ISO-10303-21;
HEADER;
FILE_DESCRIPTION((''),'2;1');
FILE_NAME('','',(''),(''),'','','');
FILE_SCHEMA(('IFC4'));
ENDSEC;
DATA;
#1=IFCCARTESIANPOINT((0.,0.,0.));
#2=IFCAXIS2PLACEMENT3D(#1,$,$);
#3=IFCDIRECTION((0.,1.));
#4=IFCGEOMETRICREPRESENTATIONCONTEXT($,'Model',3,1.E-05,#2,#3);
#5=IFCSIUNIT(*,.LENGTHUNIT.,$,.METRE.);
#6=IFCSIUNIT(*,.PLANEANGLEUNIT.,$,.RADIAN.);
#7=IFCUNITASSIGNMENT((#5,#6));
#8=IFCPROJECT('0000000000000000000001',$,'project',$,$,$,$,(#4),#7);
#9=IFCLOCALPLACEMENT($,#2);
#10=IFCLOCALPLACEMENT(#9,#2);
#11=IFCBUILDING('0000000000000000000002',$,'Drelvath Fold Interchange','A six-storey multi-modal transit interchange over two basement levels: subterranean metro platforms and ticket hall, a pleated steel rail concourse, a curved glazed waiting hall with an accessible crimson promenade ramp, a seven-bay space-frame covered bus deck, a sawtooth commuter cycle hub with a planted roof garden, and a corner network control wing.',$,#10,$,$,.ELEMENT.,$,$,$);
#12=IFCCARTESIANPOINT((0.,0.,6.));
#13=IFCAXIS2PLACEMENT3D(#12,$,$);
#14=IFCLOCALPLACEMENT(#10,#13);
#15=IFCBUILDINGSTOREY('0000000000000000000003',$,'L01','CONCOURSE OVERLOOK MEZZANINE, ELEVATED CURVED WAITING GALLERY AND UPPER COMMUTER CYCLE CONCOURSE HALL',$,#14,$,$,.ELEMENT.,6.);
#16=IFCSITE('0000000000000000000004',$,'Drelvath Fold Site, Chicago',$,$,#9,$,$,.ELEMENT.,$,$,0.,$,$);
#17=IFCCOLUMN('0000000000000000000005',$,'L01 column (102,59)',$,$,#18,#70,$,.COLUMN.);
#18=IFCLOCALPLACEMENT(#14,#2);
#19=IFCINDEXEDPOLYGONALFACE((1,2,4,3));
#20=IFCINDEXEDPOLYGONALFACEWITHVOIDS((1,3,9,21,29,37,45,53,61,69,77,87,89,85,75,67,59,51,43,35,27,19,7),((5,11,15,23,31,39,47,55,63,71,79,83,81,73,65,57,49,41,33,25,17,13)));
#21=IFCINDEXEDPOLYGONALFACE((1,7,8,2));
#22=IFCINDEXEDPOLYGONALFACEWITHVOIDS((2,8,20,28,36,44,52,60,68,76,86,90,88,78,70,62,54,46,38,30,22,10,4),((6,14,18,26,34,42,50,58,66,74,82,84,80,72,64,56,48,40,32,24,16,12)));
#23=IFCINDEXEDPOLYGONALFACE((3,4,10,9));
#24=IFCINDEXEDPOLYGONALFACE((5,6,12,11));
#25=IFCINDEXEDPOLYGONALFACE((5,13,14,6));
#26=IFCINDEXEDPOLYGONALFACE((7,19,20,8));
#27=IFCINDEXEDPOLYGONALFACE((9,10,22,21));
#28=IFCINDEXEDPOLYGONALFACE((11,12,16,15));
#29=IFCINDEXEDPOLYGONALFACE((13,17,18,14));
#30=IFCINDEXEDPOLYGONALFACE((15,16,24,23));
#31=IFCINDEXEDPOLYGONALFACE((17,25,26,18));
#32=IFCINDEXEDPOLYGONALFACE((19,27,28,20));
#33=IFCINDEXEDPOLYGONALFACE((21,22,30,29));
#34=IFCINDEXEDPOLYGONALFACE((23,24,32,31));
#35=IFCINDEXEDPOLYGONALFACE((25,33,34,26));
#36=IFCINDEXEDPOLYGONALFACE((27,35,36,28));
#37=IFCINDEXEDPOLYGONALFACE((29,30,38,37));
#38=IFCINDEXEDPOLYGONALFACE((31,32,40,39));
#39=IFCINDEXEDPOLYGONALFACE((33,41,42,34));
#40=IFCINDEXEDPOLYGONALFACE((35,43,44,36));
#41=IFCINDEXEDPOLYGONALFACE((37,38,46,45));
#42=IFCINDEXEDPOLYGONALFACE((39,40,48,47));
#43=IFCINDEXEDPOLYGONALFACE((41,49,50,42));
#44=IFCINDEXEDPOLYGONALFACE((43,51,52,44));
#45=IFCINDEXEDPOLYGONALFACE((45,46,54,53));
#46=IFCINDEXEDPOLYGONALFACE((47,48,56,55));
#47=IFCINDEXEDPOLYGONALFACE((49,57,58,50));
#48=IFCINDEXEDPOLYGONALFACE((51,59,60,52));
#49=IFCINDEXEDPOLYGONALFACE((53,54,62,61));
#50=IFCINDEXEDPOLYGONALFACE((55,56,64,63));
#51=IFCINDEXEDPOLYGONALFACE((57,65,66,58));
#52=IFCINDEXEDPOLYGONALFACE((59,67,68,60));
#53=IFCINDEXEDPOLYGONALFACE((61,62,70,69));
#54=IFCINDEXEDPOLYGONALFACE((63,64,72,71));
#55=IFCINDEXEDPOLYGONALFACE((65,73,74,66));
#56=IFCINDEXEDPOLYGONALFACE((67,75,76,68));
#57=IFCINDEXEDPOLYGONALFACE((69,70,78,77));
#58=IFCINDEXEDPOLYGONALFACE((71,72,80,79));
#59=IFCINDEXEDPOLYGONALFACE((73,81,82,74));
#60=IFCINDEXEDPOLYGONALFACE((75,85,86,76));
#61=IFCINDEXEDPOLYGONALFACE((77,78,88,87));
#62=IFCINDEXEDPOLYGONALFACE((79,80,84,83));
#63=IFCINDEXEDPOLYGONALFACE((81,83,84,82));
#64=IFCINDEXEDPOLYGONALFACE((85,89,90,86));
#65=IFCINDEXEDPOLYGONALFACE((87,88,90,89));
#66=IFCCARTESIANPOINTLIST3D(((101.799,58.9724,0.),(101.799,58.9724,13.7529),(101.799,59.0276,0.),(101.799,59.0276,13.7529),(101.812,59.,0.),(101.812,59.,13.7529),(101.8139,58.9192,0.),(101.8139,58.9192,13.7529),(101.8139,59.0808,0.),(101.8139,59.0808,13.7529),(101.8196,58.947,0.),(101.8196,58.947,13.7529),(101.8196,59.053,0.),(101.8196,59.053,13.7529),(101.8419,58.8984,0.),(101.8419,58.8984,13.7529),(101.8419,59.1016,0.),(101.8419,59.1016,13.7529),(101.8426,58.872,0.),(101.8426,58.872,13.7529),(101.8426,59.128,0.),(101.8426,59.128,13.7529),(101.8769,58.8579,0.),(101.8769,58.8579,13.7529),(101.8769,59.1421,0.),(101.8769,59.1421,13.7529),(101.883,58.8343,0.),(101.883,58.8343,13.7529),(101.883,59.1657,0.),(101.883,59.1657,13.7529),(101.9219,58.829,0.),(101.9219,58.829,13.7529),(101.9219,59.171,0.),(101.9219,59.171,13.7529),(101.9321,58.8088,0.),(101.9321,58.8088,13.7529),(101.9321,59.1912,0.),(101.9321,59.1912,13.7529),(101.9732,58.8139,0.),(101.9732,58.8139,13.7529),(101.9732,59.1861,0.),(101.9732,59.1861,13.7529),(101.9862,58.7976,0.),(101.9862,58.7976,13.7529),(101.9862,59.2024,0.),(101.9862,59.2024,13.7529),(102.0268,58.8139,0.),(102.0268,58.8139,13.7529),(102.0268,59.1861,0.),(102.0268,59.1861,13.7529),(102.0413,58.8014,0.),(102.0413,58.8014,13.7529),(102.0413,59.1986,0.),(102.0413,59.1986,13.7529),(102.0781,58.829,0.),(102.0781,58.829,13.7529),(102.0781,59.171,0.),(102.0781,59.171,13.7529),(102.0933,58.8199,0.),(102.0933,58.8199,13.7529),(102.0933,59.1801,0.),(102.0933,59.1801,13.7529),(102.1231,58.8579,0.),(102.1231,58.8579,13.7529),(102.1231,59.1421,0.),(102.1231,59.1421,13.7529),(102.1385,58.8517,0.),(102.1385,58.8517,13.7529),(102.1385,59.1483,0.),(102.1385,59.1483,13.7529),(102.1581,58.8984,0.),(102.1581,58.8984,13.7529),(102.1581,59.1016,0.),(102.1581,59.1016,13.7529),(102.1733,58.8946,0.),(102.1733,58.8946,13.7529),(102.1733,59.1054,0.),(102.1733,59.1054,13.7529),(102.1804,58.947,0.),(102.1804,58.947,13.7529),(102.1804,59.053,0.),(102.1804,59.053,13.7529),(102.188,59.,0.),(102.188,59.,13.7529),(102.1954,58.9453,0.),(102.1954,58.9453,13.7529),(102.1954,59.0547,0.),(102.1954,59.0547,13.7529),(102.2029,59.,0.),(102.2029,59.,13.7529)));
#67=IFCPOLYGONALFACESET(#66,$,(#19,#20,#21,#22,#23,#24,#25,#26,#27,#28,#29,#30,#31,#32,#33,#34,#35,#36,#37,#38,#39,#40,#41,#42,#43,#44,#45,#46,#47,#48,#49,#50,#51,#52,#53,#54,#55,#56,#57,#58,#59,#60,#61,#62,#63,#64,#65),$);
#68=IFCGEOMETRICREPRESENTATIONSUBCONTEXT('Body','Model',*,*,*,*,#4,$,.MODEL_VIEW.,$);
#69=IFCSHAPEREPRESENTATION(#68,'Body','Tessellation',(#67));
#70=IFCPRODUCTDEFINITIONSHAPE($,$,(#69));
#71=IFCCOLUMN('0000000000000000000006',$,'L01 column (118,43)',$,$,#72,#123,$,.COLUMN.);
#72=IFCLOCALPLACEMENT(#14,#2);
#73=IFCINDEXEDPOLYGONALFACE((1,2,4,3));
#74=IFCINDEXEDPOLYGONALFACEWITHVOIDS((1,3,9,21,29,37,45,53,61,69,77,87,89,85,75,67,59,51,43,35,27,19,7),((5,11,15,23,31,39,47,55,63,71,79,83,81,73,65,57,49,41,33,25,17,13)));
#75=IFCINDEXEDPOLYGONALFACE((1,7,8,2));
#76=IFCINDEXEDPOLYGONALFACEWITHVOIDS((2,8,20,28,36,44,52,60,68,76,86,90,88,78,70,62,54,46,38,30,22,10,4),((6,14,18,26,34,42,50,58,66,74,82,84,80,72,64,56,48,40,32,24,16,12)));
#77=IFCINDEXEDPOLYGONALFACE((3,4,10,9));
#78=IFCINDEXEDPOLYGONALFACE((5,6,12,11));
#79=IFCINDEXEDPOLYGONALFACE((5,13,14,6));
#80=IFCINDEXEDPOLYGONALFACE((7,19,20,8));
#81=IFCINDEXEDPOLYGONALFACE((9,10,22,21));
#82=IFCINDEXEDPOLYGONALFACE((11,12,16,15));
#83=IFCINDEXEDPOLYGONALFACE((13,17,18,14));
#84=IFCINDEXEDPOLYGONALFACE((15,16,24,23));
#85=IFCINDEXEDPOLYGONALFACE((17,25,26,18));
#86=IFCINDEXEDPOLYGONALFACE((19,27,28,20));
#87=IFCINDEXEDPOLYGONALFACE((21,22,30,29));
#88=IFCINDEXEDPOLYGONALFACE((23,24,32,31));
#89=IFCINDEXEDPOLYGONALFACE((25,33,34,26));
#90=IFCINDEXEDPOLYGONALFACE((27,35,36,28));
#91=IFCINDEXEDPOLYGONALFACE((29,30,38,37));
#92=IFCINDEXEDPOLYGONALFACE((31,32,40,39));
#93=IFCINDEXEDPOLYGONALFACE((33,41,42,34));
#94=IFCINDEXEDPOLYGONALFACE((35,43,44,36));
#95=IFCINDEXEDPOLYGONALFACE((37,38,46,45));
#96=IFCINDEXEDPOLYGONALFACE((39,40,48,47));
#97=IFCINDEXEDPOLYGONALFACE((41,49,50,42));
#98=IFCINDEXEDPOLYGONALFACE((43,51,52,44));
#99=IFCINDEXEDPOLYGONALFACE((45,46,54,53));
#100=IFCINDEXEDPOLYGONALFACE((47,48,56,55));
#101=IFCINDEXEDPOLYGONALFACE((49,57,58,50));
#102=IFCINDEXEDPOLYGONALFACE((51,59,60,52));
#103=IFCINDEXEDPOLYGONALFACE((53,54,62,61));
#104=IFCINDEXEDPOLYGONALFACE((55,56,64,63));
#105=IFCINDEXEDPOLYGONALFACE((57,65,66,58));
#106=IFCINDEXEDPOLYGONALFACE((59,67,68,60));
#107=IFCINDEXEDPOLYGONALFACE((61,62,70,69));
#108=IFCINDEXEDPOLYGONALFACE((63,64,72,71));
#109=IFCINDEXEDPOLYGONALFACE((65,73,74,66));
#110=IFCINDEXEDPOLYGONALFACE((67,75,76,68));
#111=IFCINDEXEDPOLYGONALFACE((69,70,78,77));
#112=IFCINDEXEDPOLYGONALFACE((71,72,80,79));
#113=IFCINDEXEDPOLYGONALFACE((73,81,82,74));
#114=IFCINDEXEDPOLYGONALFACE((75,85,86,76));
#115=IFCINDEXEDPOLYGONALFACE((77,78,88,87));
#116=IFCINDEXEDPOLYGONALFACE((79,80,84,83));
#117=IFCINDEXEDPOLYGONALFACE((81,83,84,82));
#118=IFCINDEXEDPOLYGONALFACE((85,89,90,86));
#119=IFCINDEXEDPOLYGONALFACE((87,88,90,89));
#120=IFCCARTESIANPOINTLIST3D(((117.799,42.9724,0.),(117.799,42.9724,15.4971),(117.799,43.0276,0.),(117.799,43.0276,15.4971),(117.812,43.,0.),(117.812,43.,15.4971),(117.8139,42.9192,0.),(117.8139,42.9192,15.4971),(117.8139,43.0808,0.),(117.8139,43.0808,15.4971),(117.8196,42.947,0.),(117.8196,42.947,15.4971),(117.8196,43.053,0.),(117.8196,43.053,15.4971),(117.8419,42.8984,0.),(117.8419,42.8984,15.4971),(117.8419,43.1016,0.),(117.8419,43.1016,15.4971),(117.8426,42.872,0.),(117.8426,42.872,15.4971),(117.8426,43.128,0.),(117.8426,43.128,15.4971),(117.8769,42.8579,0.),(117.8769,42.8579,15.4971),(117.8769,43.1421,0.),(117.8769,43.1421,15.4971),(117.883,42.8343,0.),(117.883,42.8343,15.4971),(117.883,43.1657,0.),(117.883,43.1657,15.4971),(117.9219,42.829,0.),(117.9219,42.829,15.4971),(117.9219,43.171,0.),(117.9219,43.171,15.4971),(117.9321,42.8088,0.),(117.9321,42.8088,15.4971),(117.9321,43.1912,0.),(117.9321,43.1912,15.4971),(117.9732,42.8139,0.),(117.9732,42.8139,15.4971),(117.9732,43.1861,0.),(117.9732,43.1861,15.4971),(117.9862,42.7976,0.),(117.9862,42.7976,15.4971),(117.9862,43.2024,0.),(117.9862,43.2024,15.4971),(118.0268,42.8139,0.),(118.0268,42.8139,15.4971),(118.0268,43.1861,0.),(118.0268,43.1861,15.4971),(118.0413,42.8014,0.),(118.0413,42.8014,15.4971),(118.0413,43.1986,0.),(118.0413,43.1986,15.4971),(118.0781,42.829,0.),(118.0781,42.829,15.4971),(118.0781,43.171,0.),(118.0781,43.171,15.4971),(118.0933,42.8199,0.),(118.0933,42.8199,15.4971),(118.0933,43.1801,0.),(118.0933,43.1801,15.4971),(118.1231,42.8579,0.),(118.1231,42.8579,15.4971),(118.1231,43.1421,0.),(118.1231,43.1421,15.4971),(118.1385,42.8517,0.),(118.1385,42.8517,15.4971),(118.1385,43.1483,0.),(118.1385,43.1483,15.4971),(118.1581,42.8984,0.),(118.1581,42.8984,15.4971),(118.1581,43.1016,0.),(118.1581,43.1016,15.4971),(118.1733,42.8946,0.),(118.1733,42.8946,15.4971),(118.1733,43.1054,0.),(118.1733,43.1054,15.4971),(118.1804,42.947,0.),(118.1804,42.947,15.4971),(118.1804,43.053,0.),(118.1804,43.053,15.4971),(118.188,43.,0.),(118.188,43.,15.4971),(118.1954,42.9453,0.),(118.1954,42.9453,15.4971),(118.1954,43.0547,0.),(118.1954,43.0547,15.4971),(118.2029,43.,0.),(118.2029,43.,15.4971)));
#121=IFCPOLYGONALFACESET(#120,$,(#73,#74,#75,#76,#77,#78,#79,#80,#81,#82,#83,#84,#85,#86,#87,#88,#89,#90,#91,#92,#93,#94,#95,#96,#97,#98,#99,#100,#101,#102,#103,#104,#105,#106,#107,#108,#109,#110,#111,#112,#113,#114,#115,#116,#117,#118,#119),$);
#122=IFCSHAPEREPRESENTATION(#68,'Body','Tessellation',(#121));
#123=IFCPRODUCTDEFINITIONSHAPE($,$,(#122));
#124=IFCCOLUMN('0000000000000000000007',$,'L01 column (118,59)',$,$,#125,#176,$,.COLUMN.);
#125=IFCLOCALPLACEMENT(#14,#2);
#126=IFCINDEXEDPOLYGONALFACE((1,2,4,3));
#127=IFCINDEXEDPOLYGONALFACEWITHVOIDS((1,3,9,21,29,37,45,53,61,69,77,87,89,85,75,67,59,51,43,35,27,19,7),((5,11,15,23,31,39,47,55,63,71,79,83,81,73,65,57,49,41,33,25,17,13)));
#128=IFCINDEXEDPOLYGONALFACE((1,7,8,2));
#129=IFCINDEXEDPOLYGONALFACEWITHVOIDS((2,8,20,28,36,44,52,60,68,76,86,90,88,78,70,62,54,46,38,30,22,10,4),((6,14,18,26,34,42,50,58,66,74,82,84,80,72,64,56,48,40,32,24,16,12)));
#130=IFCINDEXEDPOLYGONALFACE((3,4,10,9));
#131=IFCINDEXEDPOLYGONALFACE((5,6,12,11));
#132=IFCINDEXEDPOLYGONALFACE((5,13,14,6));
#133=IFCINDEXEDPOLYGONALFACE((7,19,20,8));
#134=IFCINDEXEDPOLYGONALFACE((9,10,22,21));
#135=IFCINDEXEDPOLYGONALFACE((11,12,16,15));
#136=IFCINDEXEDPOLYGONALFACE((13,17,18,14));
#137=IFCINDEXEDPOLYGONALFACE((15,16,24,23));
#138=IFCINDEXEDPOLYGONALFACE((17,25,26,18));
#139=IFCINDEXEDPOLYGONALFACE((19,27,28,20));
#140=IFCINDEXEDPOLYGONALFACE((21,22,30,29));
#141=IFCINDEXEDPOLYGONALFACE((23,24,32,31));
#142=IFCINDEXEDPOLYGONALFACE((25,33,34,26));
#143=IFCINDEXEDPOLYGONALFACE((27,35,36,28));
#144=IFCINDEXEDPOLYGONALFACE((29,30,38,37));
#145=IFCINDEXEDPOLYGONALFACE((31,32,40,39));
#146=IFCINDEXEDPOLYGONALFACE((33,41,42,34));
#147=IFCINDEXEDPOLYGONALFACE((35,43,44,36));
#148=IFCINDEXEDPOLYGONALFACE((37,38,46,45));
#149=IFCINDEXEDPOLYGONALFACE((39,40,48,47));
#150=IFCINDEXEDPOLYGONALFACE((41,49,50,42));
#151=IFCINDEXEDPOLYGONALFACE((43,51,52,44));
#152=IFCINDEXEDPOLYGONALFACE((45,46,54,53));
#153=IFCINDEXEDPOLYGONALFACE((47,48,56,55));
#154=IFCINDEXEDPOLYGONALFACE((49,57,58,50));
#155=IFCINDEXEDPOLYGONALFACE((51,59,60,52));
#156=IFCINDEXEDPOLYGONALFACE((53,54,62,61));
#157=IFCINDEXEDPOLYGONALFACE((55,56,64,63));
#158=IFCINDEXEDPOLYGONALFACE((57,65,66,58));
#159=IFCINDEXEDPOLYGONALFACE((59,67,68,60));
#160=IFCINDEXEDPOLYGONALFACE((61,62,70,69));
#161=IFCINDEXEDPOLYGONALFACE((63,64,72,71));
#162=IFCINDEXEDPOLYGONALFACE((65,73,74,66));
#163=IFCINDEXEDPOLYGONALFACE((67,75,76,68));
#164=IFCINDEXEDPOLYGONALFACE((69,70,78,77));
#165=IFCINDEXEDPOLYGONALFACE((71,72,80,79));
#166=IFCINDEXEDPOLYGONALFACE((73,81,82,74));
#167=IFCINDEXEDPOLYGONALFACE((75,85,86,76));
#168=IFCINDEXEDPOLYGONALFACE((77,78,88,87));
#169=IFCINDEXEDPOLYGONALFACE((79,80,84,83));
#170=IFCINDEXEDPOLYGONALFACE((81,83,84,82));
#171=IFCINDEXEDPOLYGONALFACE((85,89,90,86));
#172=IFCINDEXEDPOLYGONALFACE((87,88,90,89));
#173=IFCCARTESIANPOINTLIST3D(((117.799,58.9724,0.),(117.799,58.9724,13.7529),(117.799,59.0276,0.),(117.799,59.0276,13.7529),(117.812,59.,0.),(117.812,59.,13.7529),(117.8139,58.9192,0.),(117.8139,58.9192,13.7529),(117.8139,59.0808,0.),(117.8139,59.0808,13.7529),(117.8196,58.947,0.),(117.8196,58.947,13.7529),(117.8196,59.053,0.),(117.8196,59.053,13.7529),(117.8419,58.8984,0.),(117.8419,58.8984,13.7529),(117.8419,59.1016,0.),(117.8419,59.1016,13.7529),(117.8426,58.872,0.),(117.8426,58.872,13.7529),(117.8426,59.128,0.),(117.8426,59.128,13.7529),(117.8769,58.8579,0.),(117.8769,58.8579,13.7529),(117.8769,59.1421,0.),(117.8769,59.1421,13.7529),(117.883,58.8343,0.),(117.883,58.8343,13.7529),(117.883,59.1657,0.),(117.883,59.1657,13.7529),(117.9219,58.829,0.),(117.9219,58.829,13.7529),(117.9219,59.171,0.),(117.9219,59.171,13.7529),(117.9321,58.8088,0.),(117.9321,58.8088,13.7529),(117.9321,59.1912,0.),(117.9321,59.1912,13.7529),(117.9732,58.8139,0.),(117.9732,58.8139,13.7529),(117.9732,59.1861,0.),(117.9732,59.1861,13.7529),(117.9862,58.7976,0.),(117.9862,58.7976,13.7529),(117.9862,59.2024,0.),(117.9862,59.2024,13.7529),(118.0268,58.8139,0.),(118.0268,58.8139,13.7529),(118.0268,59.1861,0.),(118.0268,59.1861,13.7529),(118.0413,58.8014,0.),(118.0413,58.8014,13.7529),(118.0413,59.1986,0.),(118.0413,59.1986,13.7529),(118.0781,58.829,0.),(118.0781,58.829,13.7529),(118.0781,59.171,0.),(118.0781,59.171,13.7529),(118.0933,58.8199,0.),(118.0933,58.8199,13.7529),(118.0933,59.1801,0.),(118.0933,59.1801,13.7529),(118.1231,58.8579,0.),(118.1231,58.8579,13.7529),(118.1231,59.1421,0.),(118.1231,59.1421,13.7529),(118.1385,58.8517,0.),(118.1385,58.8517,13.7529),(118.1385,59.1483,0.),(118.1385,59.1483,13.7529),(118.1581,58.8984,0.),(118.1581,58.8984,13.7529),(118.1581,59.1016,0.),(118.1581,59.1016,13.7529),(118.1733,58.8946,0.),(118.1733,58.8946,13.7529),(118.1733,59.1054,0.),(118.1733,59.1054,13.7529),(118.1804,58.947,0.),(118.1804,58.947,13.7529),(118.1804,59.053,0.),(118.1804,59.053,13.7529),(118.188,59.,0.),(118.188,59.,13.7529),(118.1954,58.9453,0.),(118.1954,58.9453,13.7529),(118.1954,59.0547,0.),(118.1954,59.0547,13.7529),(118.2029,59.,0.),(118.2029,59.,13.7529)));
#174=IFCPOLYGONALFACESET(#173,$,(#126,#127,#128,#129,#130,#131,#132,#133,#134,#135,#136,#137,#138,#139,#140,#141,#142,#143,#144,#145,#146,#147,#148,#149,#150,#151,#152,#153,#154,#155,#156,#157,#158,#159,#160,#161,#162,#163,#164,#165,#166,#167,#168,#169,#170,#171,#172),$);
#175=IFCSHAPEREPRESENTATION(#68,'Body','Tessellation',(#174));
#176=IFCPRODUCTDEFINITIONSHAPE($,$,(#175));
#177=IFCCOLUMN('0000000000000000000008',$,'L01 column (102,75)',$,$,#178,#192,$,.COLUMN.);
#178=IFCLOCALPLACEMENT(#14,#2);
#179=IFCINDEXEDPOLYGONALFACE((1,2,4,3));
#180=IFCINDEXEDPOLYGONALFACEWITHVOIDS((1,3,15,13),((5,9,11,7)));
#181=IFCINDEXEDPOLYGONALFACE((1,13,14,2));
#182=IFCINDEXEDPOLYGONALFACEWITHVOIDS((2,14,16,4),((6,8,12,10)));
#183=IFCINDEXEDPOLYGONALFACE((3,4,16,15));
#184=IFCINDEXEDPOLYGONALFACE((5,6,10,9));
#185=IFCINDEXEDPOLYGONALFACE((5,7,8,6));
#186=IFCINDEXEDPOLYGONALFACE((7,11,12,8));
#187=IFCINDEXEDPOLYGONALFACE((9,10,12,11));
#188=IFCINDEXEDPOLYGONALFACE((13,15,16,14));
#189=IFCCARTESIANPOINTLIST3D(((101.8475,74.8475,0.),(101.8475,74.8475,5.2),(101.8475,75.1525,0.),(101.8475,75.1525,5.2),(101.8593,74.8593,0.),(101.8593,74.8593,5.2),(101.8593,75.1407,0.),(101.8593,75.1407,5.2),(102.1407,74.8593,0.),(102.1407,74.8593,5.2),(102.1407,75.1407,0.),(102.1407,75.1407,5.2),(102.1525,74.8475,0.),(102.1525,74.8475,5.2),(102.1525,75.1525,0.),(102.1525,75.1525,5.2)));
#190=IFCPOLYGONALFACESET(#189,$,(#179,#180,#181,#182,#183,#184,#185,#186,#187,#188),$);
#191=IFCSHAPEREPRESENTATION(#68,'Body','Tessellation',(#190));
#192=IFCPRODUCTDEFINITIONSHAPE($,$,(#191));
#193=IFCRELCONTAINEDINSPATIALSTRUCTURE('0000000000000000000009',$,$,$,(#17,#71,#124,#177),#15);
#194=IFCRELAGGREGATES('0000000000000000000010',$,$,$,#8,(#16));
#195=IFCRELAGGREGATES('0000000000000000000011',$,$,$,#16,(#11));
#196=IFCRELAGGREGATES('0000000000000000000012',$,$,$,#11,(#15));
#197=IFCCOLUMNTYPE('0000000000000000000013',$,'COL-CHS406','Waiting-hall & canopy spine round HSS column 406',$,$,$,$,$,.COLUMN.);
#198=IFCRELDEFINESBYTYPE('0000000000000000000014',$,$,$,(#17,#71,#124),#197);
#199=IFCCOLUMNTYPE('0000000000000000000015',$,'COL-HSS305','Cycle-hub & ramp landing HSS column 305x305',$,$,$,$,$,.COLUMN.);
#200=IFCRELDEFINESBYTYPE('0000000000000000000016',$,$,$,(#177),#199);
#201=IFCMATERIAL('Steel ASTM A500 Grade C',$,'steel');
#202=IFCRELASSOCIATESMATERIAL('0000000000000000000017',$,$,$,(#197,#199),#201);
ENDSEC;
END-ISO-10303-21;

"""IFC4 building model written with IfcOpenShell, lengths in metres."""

from ifc_helpers import new_model, si_unit, direction, frame, origin, origin_2d, place, context, subcontext, project, spatial, hollow_rectangle, hollow_circle, extrude, material, material_profile, profile_set, type_object, element, save


model = new_model("IFC4")

# Units and contexts
model_context = context("Model", 3, precision=1e-05, world=origin(), true_north=direction((0.0, 1.0)))
body_context = subcontext(model_context, "Body", "Model", "MODEL_VIEW")
ifc_project = project(units=[si_unit("LENGTHUNIT", "METRE"), si_unit("PLANEANGLEUNIT", "RADIAN")], contexts=[model_context])

# Site, building, storey
site_placement = place(None, origin())
site = spatial("IfcSite", under=ifc_project, at=site_placement, Name="Drelvath Fold Site, Chicago", CompositionType="ELEMENT", RefElevation=0.0)
building_placement = place(site_placement, origin())
building = spatial("IfcBuilding", under=site, at=building_placement, Name="Drelvath Fold Interchange", Description="A six-storey multi-modal transit interchange over two basement levels: subterranean metro platforms and ticket hall, a pleated steel rail concourse, a curved glazed waiting hall with an accessible crimson promenade ramp, a seven-bay space-frame covered bus deck, a sawtooth commuter cycle hub with a planted roof garden, and a corner network control wing.", CompositionType="ELEMENT")
storey_placement = place(building_placement, frame((0.0, 0.0, 6.0)))
storey = spatial("IfcBuildingStorey", under=building, at=storey_placement, Name="L01", Description="CONCOURSE OVERLOOK MEZZANINE, ELEVATED CURVED WAITING GALLERY AND UPPER COMMUTER CYCLE CONCOURSE HALL", CompositionType="ELEMENT", Elevation=6.0)

# Columns
ifc_material_1 = material(Name="Steel ASTM A500 Grade C", Category="steel")
ifc_material_profile_1 = material_profile(ifc_material_1, hollow_circle(Radius=0.2029, WallThickness=0.0149, at=origin_2d()), Name="HSS16.000X0.625")
ifc_profile_set_1 = profile_set([ifc_material_profile_1], Name="Steel ASTM A500 Grade C")
column_type_1 = type_object("IfcColumnType", Name="COL-CHS406", Description="Waiting-hall & canopy spine round HSS column 406", PredefinedType="COLUMN", material=ifc_profile_set_1)
column_1_placement = place(storey_placement, frame((102.0, 59.0, 0.0), z_axis=(0.0, 0.0, 1.0), x_axis=(1.0, 0.0, 0.0)))
element("IfcColumn", 1, at=column_1_placement, inside=storey, type_object=column_type_1, Name="L01 column (102,59)", PredefinedType="COLUMN", context=body_context, shape_type="SweptSolid", body=[
    extrude(hollow_circle(Radius=0.2029, WallThickness=0.0149, at=origin_2d()), origin(), (0.0, 0.0, 1.0), 13.7529),
])
column_2_placement = place(storey_placement, frame((118.0, 43.0, 0.0), z_axis=(0.0, 0.0, 1.0), x_axis=(1.0, 0.0, 0.0)))
element("IfcColumn", 2, at=column_2_placement, inside=storey, type_object=column_type_1, Name="L01 column (118,43)", PredefinedType="COLUMN", context=body_context, shape_type="SweptSolid", body=[
    extrude(hollow_circle(Radius=0.2029, WallThickness=0.0149, at=origin_2d()), origin(), (0.0, 0.0, 1.0), 15.4971),
])
column_3_placement = place(storey_placement, frame((118.0, 59.0, 0.0), z_axis=(0.0, 0.0, 1.0), x_axis=(1.0, 0.0, 0.0)))
element("IfcColumn", 3, at=column_3_placement, inside=storey, type_object=column_type_1, Name="L01 column (118,59)", PredefinedType="COLUMN", context=body_context, shape_type="SweptSolid", body=[
    extrude(hollow_circle(Radius=0.2029, WallThickness=0.0149, at=origin_2d()), origin(), (0.0, 0.0, 1.0), 13.7529),
])
ifc_material_profile_2 = material_profile(ifc_material_1, hollow_rectangle(XDim=0.3049, YDim=0.3049, WallThickness=0.0117, at=origin_2d()), Name="HSS12X12X1/2")
ifc_profile_set_2 = profile_set([ifc_material_profile_2], Name="Steel ASTM A500 Grade C")
column_type_2 = type_object("IfcColumnType", Name="COL-HSS305", Description="Cycle-hub & ramp landing HSS column 305x305", PredefinedType="COLUMN", material=ifc_profile_set_2)
column_4_placement = place(storey_placement, frame((102.0, 75.0, 0.0), z_axis=(0.0, 0.0, 1.0), x_axis=(1.0, 0.0, 0.0)))
element("IfcColumn", 4, at=column_4_placement, inside=storey, type_object=column_type_2, Name="L01 column (102,75)", PredefinedType="COLUMN", context=body_context, shape_type="SweptSolid", body=[
    extrude(hollow_rectangle(XDim=0.3049, YDim=0.3049, WallThickness=0.0117, at=origin_2d()), origin(), (0.0, 0.0, 1.0), 5.2),
])

save(model, "model.ifc")
